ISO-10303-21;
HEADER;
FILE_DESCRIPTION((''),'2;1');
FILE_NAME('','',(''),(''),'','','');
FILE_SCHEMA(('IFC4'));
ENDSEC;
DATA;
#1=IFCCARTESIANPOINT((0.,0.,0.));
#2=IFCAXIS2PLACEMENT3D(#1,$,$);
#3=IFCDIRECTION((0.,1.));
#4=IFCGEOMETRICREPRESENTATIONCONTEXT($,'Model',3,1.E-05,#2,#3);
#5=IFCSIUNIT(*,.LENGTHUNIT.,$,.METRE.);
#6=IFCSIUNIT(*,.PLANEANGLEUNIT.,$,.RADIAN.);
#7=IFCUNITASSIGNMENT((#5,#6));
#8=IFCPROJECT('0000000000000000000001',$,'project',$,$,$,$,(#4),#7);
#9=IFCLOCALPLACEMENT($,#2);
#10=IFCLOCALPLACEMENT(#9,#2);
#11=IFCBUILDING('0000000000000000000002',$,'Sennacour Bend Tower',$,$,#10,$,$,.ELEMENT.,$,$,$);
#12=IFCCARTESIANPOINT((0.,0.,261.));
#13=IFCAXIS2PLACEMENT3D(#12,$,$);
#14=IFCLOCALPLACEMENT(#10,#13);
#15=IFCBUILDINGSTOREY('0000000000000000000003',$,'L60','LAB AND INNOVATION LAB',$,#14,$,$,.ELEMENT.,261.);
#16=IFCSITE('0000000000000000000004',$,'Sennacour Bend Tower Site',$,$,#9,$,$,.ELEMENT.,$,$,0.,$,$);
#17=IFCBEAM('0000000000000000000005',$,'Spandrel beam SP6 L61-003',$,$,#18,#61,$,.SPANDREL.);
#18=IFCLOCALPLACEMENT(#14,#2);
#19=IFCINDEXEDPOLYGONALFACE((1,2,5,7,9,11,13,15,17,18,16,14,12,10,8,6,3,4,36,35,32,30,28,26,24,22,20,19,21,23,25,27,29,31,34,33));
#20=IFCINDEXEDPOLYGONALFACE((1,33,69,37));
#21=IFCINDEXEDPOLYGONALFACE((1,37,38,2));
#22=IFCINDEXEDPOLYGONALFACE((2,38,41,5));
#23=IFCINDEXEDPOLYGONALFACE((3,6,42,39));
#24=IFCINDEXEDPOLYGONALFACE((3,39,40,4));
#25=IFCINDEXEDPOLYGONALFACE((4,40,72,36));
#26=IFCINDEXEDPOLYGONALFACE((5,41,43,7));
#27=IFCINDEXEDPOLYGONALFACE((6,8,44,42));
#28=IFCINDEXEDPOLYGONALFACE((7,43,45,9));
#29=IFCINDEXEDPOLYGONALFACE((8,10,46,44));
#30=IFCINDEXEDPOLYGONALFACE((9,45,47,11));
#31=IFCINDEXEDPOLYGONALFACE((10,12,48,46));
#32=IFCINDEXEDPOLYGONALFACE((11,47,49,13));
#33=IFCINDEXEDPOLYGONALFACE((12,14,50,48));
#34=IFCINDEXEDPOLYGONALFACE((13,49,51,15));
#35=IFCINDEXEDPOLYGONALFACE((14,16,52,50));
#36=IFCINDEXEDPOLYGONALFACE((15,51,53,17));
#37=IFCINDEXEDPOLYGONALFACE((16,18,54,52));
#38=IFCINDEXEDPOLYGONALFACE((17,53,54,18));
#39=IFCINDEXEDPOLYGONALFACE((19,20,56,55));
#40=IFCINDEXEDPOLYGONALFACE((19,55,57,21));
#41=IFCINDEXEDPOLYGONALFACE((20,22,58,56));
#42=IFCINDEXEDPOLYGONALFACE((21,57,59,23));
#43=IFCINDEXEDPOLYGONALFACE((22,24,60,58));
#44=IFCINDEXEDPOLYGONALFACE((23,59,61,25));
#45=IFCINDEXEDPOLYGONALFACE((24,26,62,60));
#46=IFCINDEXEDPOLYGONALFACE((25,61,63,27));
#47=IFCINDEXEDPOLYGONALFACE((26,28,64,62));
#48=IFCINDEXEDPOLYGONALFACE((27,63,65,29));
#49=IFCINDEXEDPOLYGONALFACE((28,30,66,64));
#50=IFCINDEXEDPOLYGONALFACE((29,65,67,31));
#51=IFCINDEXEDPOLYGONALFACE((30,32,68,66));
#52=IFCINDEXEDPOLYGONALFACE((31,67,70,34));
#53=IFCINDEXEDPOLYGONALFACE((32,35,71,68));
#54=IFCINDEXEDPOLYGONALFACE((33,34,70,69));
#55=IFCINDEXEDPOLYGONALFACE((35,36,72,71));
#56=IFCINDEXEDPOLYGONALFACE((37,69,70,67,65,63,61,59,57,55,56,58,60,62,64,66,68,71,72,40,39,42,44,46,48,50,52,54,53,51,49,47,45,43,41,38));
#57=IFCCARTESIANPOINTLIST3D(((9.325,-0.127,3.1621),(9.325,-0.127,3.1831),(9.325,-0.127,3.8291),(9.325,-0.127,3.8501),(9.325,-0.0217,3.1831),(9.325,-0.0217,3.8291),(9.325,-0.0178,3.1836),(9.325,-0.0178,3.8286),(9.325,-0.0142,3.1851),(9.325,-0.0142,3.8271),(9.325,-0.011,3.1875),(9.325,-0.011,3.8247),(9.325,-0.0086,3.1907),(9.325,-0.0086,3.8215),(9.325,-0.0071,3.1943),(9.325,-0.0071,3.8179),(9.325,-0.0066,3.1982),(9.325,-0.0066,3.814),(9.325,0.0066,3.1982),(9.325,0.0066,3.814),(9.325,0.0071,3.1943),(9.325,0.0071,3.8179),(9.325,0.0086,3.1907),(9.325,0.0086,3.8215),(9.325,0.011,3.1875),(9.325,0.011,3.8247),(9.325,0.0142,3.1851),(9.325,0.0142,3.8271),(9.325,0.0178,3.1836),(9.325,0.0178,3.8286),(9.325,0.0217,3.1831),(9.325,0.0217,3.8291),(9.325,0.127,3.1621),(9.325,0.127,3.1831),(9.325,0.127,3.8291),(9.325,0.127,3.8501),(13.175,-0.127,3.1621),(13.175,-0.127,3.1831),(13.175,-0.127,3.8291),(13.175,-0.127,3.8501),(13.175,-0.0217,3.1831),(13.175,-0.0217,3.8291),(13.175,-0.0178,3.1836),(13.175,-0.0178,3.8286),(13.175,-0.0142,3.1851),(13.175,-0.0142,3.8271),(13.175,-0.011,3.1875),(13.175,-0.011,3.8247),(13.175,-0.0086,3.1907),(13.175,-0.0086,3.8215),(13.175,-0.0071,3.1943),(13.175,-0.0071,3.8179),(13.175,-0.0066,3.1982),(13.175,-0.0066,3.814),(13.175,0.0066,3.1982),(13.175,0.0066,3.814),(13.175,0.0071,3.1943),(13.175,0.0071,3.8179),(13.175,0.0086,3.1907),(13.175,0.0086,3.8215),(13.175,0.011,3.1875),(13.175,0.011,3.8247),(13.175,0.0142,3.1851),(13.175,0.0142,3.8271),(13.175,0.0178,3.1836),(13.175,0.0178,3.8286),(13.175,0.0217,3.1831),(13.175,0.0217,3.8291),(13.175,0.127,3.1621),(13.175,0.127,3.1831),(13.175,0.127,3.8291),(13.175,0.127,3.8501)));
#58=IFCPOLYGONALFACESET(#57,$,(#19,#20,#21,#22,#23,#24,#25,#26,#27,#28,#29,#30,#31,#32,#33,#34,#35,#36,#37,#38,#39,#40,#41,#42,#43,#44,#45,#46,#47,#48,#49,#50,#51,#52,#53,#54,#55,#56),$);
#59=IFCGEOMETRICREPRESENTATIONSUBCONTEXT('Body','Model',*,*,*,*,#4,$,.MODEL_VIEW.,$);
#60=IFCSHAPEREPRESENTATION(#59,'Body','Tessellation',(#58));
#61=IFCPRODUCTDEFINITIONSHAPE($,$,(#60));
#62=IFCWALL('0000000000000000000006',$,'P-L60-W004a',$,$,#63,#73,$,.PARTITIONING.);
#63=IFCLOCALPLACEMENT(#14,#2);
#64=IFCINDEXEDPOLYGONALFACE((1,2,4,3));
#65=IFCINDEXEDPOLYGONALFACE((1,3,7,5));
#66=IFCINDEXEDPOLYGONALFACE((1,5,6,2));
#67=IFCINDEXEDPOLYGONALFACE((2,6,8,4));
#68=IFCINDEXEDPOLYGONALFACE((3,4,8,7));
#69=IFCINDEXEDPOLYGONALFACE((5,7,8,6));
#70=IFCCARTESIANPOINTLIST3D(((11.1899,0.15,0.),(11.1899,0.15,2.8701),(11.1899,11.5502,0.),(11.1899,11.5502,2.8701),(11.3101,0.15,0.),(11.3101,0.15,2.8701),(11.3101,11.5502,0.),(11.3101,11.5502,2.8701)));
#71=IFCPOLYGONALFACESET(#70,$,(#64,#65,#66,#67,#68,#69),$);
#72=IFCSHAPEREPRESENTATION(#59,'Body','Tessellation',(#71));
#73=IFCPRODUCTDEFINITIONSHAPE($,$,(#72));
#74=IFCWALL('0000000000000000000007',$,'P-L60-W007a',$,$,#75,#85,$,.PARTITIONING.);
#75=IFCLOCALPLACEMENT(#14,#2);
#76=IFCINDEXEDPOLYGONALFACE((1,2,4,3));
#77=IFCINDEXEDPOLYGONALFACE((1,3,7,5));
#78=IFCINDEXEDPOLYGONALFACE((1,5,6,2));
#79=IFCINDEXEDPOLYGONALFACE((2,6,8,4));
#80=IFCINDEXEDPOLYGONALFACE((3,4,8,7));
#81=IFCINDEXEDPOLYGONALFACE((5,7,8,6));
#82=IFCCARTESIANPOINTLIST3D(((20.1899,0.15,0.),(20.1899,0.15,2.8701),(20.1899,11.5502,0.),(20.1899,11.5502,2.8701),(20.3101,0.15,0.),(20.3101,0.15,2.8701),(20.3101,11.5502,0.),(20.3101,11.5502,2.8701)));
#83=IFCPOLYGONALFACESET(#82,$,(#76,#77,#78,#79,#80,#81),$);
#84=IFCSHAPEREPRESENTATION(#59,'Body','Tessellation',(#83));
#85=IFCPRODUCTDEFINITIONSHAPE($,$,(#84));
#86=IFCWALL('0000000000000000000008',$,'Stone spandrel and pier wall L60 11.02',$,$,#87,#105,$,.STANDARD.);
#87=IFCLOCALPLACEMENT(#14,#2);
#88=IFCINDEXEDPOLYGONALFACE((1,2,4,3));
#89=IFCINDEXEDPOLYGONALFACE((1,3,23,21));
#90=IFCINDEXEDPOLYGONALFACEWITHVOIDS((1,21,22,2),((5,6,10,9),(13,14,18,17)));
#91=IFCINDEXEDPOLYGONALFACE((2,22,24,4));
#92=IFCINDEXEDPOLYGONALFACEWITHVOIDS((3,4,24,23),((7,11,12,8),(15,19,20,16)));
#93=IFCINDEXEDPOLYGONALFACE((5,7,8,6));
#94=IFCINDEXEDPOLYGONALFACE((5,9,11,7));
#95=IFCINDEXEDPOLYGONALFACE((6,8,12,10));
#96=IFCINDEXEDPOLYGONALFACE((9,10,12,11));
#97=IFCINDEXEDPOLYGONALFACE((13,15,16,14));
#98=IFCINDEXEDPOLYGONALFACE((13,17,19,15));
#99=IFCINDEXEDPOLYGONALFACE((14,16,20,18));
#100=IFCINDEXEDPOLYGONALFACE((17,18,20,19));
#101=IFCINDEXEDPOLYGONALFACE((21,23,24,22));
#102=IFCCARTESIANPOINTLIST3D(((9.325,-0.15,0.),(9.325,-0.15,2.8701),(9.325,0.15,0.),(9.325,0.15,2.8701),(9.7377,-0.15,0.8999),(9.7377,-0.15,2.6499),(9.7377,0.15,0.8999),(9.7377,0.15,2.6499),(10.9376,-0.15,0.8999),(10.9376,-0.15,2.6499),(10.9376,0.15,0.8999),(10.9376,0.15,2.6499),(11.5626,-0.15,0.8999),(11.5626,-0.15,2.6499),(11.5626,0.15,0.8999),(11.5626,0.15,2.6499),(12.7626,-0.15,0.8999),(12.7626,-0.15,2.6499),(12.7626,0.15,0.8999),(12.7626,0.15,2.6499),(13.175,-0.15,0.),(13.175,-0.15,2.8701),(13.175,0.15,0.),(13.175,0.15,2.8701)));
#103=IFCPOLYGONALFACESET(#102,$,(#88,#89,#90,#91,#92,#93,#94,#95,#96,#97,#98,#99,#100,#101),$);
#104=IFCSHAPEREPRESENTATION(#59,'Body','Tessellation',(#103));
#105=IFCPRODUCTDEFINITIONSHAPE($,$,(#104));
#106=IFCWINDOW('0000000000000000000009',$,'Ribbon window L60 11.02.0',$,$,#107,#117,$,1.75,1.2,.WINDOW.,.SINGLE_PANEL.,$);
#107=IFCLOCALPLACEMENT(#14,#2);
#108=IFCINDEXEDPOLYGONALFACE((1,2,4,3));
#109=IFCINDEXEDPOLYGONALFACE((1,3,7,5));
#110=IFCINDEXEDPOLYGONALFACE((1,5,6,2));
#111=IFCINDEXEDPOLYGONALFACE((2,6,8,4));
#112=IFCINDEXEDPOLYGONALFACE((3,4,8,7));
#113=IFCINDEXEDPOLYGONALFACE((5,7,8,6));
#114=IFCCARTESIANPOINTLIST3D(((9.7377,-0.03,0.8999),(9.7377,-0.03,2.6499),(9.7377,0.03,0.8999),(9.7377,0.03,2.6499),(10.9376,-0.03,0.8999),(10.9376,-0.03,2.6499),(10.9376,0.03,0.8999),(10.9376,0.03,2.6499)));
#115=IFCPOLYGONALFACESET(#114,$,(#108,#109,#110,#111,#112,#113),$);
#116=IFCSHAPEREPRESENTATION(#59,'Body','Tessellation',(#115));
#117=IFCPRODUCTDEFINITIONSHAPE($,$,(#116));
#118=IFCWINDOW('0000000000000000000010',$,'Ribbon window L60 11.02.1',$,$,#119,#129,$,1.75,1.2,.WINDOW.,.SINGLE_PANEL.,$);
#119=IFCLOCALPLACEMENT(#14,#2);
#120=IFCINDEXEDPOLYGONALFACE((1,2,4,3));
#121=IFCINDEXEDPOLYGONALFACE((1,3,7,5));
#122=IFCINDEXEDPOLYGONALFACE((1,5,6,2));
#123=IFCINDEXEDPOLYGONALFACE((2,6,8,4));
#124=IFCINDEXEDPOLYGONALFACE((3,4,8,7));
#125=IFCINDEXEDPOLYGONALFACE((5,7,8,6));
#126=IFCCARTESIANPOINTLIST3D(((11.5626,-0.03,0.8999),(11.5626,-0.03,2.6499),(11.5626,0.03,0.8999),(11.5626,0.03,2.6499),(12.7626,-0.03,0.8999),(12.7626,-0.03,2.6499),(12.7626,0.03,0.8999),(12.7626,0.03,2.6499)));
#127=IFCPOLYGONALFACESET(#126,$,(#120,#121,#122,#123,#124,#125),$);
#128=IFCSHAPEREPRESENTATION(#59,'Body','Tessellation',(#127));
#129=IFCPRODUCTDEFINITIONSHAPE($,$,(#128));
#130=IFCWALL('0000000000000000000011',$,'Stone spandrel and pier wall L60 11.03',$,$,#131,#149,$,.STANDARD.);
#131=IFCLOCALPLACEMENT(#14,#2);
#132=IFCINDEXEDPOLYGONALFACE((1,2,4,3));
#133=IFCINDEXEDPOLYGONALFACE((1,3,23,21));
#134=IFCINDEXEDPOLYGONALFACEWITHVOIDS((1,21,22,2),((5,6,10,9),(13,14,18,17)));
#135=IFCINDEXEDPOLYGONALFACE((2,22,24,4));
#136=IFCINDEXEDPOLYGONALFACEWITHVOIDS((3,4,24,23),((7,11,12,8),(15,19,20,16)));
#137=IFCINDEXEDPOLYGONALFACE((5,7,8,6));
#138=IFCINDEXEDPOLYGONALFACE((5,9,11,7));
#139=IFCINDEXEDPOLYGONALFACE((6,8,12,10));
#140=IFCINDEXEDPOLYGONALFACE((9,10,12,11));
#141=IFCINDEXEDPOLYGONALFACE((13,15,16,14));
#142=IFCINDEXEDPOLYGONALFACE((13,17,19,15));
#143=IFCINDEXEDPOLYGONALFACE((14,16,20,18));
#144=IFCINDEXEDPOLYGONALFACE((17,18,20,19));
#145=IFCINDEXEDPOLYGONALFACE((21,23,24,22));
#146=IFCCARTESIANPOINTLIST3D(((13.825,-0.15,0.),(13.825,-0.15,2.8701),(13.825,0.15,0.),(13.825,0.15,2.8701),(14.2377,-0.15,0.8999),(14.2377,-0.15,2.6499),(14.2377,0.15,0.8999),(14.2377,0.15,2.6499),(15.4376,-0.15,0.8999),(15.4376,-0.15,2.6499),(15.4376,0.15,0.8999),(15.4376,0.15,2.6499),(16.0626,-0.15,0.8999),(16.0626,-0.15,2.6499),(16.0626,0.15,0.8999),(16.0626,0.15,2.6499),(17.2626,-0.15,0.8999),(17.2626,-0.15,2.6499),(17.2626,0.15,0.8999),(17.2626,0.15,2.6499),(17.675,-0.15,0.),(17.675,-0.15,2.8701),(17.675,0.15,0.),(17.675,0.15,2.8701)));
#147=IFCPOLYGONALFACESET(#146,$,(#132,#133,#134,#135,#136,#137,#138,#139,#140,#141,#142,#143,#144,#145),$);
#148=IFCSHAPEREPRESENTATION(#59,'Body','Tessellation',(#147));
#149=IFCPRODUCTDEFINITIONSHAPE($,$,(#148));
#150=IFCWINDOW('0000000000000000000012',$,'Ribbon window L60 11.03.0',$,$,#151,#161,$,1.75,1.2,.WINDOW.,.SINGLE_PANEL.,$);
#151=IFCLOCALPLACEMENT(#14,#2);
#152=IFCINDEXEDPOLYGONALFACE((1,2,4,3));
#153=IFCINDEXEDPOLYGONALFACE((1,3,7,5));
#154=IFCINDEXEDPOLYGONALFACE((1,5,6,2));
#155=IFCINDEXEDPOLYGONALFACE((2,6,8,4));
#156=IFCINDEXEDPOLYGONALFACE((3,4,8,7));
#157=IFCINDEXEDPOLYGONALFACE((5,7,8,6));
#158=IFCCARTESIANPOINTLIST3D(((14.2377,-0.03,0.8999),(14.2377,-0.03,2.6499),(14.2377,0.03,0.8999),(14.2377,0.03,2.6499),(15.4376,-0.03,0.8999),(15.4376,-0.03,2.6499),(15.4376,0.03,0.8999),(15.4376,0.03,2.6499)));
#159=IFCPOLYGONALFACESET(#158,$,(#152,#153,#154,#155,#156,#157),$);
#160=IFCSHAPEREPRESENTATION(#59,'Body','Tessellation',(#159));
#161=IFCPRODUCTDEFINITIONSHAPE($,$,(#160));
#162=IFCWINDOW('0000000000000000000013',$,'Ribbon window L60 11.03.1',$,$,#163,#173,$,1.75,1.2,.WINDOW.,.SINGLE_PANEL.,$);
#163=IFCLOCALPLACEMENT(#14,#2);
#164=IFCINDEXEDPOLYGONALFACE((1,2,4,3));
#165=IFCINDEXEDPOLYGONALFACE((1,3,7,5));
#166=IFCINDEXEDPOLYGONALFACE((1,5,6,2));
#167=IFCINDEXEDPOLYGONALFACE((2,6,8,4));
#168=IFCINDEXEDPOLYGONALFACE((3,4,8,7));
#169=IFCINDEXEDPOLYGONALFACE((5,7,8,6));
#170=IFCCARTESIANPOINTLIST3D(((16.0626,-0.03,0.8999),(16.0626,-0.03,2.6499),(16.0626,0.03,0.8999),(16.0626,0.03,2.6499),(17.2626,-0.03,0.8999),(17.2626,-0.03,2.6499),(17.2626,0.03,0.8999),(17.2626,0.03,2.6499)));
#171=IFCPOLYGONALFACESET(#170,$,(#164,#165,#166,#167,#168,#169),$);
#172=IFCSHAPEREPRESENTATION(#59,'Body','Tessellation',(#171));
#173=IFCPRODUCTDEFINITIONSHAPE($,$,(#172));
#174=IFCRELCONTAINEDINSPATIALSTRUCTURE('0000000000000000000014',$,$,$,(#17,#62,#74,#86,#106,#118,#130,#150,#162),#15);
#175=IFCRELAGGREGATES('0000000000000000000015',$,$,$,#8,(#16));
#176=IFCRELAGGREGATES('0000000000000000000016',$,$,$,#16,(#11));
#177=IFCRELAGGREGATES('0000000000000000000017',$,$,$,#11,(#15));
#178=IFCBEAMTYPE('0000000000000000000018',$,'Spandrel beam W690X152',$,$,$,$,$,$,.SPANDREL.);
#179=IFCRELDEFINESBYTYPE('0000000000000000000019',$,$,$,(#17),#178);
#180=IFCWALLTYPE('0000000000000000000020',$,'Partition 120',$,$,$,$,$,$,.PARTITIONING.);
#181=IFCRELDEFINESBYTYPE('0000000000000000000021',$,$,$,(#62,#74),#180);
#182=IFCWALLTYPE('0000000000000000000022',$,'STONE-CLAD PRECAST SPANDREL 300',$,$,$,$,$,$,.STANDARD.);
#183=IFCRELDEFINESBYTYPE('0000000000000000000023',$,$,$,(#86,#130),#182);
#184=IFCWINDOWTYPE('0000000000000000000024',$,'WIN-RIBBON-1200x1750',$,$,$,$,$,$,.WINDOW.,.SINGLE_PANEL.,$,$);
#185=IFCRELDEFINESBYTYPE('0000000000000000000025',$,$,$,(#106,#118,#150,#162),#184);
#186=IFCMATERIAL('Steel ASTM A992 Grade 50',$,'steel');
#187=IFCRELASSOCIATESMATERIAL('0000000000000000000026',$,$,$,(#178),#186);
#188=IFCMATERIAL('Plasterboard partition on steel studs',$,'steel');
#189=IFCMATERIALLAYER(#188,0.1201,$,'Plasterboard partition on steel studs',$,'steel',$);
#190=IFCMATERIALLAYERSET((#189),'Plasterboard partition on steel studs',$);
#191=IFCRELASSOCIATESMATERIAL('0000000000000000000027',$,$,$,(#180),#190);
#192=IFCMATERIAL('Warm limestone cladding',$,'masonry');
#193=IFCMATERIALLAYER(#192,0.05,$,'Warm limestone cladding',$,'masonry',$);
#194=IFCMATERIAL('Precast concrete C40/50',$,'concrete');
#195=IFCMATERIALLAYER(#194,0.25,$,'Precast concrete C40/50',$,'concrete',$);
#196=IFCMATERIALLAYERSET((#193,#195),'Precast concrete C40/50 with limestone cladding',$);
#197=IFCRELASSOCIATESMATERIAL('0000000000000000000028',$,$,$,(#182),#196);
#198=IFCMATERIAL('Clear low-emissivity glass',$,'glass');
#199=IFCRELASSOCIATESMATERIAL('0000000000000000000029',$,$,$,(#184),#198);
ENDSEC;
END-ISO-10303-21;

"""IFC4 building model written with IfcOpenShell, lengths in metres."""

from ifc_helpers import new_model, si_unit, direction, frame, frame_2d, origin, origin_2d, place, context, subcontext, project, spatial, rectangle, i_section, extrude, material, layer, layer_set, material_profile, profile_set, type_object, element, fill, save


model = new_model("IFC4")

# Units and contexts
model_context = context("Model", 3, precision=1e-05, world=origin(), true_north=direction((0.0, 1.0)))
body_context = subcontext(model_context, "Body", "Model", "MODEL_VIEW")
ifc_project = project(units=[si_unit("LENGTHUNIT", "METRE"), si_unit("PLANEANGLEUNIT", "RADIAN")], contexts=[model_context])

# Site, building, storey
site_placement = place(None, origin())
site = spatial("IfcSite", under=ifc_project, at=site_placement, Name="Sennacour Bend Tower Site", CompositionType="ELEMENT", RefElevation=0.0)
building_placement = place(site_placement, origin())
building = spatial("IfcBuilding", under=site, at=building_placement, Name="Sennacour Bend Tower", CompositionType="ELEMENT")
storey_placement = place(building_placement, frame((0.0, 0.0, 261.0)))
storey = spatial("IfcBuildingStorey", under=building, at=storey_placement, Name="L60", Description="LAB AND INNOVATION LAB", CompositionType="ELEMENT", Elevation=261.0)

# Beam
ifc_material_1 = material(Name="Steel ASTM A992 Grade 50", Category="steel")
ifc_material_profile_1 = material_profile(ifc_material_1, i_section(OverallWidth=0.2539, OverallDepth=0.688, WebThickness=0.0132, FlangeThickness=0.021, FilletRadius=0.0151, at=origin_2d()), Name="Steel ASTM A992 Grade 50", Category="steel")
ifc_profile_set_1 = profile_set([ifc_material_profile_1], Name="Steel ASTM A992 Grade 50")
beam_type_1 = type_object("IfcBeamType", Name="Spandrel beam W690X152", PredefinedType="SPANDREL", material=ifc_profile_set_1)
for number, where, z_axis, x_axis, name in (
    (1, (13.175, 0.0, 3.5061), (-1.0, 0.0, 0.0), (0.0, -1.0, 0.0), "Spandrel beam SP6 L61-003"),
):
    element("IfcBeam", number, at=place(storey_placement, frame(where, z_axis=z_axis, x_axis=x_axis)), inside=storey, type_object=beam_type_1, Name=name, PredefinedType="SPANDREL", context=body_context, shape_type="SweptSolid", body=[
        extrude(i_section(OverallWidth=0.2539, OverallDepth=0.688, WebThickness=0.0132, FlangeThickness=0.021, FilletRadius=0.0151, at=origin_2d()), origin(), (0.0, 0.0, 1.0), 3.8501),
    ])

# Walls
ifc_material_2 = material(Name="Plasterboard partition on steel studs", Category="steel")
ifc_layer_1 = layer(ifc_material_2, 0.1201, Name="Plasterboard partition on steel studs", Category="steel")
ifc_layer_set_1 = layer_set([ifc_layer_1], Name="Plasterboard partition on steel studs")
wall_type_1 = type_object("IfcWallType", Name="Partition 120", PredefinedType="PARTITIONING", material=ifc_layer_set_1)
for number, where, z_axis, x_axis, name in (
    (2, (11.25, 0.1499, 0.0), (0.0, 0.0, 1.0), (0.0, 1.0, 0.0), "P-L60-W004a"),
    (3, (20.25, 0.1499, 0.0), (0.0, 0.0, 1.0), (0.0, 1.0, 0.0), "P-L60-W007a"),
):
    element("IfcWall", number, at=place(storey_placement, frame(where, z_axis=z_axis, x_axis=x_axis)), inside=storey, type_object=wall_type_1, Name=name, PredefinedType="PARTITIONING", context=body_context, shape_type="SweptSolid", body=[
        extrude(rectangle(XDim=11.4001, YDim=0.1201, at=frame_2d((5.7002, 0.0))), origin(), (0.0, 0.0, 1.0), 2.8701),
    ])

# Walls, openings, windows
ifc_material_3 = material(Name="Warm limestone cladding", Category="masonry")
ifc_layer_2 = layer(ifc_material_3, 0.05, Name="Warm limestone cladding", Category="masonry")
ifc_material_4 = material(Name="Precast concrete C40/50", Category="concrete")
ifc_layer_3 = layer(ifc_material_4, 0.25, Name="Precast concrete C40/50", Category="concrete")
ifc_layer_set_2 = layer_set([ifc_layer_2, ifc_layer_3], Name="Precast concrete C40/50 with limestone cladding")
wall_type_2 = type_object("IfcWallType", Name="STONE-CLAD PRECAST SPANDREL 300", PredefinedType="STANDARD", material=ifc_layer_set_2)
wall_1_placement = place(storey_placement, frame((9.325, 0.0, 0.0), z_axis=(0.0, 0.0, 1.0), x_axis=(1.0, 0.0, 0.0)))
wall_1 = element("IfcWall", 4, at=wall_1_placement, inside=storey, type_object=wall_type_2, Name="Stone spandrel and pier wall L60 11.02", PredefinedType="STANDARD", context=body_context, shape_type="SweptSolid", body=[
    extrude(rectangle(XDim=3.8501, YDim=0.3, at=frame_2d((1.925, 0.0))), origin(), (0.0, 0.0, 1.0), 2.8701),
])
opening_1_placement = place(wall_1_placement, frame((0.4126, 0.0, 0.8999)))
opening_1 = element("IfcOpeningElement", 5, at=opening_1_placement, cuts=wall_1, PredefinedType="OPENING", context=body_context, shape_type="SweptSolid", body=[
    extrude(rectangle(XDim=1.2, YDim=1.75, at=frame_2d((0.6001, 0.875))), frame((0.0, 0.1602, 0.0), z_axis=(0.0, -1.0, 0.0), x_axis=(1.0, 0.0, 0.0)), (0.0, 0.0, 1.0), 0.3201),
])
opening_2_placement = place(wall_1_placement, frame((2.2375, 0.0, 0.8999)))
opening_2 = element("IfcOpeningElement", 6, at=opening_2_placement, cuts=wall_1, PredefinedType="OPENING", context=body_context, shape_type="SweptSolid", body=[
    extrude(rectangle(XDim=1.2, YDim=1.75, at=frame_2d((0.6001, 0.875))), frame((0.0, 0.1602, 0.0), z_axis=(0.0, -1.0, 0.0), x_axis=(1.0, 0.0, 0.0)), (0.0, 0.0, 1.0), 0.3201),
])
ifc_material_5 = material(Name="Clear low-emissivity glass", Category="glass")
window_type = type_object("IfcWindowType", Name="WIN-RIBBON-1200x1750", PartitioningType="SINGLE_PANEL", PredefinedType="WINDOW", material=ifc_material_5)
window_1_placement = place(opening_1_placement, origin())
window_1 = element("IfcWindow", 7, at=window_1_placement, inside=storey, type_object=window_type, Name="Ribbon window L60 11.02.0", OverallHeight=1.75, OverallWidth=1.2, PartitioningType="SINGLE_PANEL", PredefinedType="WINDOW", context=body_context, shape_type="SweptSolid", body=[
    extrude(rectangle(XDim=1.2, YDim=1.75, at=frame_2d((0.6001, 0.875))), frame((0.0, 0.03, 0.0), z_axis=(0.0, -1.0, 0.0), x_axis=(1.0, 0.0, 0.0)), (0.0, 0.0, 1.0), 0.0601),
])
fill(opening_1, window_1)
window_2_placement = place(opening_2_placement, origin())
window_2 = element("IfcWindow", 8, at=window_2_placement, inside=storey, type_object=window_type, Name="Ribbon window L60 11.02.1", OverallHeight=1.75, OverallWidth=1.2, PartitioningType="SINGLE_PANEL", PredefinedType="WINDOW", context=body_context, shape_type="SweptSolid", body=[
    extrude(rectangle(XDim=1.2, YDim=1.75, at=frame_2d((0.6001, 0.875))), frame((0.0, 0.03, 0.0), z_axis=(0.0, -1.0, 0.0), x_axis=(1.0, 0.0, 0.0)), (0.0, 0.0, 1.0), 0.0601),
])
fill(opening_2, window_2)
wall_2_placement = place(storey_placement, frame((13.825, 0.0, 0.0), z_axis=(0.0, 0.0, 1.0), x_axis=(1.0, 0.0, 0.0)))
wall_2 = element("IfcWall", 9, at=wall_2_placement, inside=storey, type_object=wall_type_2, Name="Stone spandrel and pier wall L60 11.03", PredefinedType="STANDARD", context=body_context, shape_type="SweptSolid", body=[
    extrude(rectangle(XDim=3.8501, YDim=0.3, at=frame_2d((1.925, 0.0))), origin(), (0.0, 0.0, 1.0), 2.8701),
])
opening_3_placement = place(wall_2_placement, frame((0.4126, 0.0, 0.8999)))
opening_3 = element("IfcOpeningElement", 10, at=opening_3_placement, cuts=wall_2, PredefinedType="OPENING", context=body_context, shape_type="SweptSolid", body=[
    extrude(rectangle(XDim=1.2, YDim=1.75, at=frame_2d((0.6001, 0.875))), frame((0.0, 0.1602, 0.0), z_axis=(0.0, -1.0, 0.0), x_axis=(1.0, 0.0, 0.0)), (0.0, 0.0, 1.0), 0.3201),
])
opening_4_placement = place(wall_2_placement, frame((2.2375, 0.0, 0.8999)))
opening_4 = element("IfcOpeningElement", 11, at=opening_4_placement, cuts=wall_2, PredefinedType="OPENING", context=body_context, shape_type="SweptSolid", body=[
    extrude(rectangle(XDim=1.2, YDim=1.75, at=frame_2d((0.6001, 0.875))), frame((0.0, 0.1602, 0.0), z_axis=(0.0, -1.0, 0.0), x_axis=(1.0, 0.0, 0.0)), (0.0, 0.0, 1.0), 0.3201),
])
window_3_placement = place(opening_3_placement, origin())
window_3 = element("IfcWindow", 12, at=window_3_placement, inside=storey, type_object=window_type, Name="Ribbon window L60 11.03.0", OverallHeight=1.75, OverallWidth=1.2, PartitioningType="SINGLE_PANEL", PredefinedType="WINDOW", context=body_context, shape_type="SweptSolid", body=[
    extrude(rectangle(XDim=1.2, YDim=1.75, at=frame_2d((0.6001, 0.875))), frame((0.0, 0.03, 0.0), z_axis=(0.0, -1.0, 0.0), x_axis=(1.0, 0.0, 0.0)), (0.0, 0.0, 1.0), 0.0601),
])
fill(opening_3, window_3)
window_4_placement = place(opening_4_placement, origin())
window_4 = element("IfcWindow", 13, at=window_4_placement, inside=storey, type_object=window_type, Name="Ribbon window L60 11.03.1", OverallHeight=1.75, OverallWidth=1.2, PartitioningType="SINGLE_PANEL", PredefinedType="WINDOW", context=body_context, shape_type="SweptSolid", body=[
    extrude(rectangle(XDim=1.2, YDim=1.75, at=frame_2d((0.6001, 0.875))), frame((0.0, 0.03, 0.0), z_axis=(0.0, -1.0, 0.0), x_axis=(1.0, 0.0, 0.0)), (0.0, 0.0, 1.0), 0.0601),
])
fill(opening_4, window_4)

save(model, "model.ifc")
